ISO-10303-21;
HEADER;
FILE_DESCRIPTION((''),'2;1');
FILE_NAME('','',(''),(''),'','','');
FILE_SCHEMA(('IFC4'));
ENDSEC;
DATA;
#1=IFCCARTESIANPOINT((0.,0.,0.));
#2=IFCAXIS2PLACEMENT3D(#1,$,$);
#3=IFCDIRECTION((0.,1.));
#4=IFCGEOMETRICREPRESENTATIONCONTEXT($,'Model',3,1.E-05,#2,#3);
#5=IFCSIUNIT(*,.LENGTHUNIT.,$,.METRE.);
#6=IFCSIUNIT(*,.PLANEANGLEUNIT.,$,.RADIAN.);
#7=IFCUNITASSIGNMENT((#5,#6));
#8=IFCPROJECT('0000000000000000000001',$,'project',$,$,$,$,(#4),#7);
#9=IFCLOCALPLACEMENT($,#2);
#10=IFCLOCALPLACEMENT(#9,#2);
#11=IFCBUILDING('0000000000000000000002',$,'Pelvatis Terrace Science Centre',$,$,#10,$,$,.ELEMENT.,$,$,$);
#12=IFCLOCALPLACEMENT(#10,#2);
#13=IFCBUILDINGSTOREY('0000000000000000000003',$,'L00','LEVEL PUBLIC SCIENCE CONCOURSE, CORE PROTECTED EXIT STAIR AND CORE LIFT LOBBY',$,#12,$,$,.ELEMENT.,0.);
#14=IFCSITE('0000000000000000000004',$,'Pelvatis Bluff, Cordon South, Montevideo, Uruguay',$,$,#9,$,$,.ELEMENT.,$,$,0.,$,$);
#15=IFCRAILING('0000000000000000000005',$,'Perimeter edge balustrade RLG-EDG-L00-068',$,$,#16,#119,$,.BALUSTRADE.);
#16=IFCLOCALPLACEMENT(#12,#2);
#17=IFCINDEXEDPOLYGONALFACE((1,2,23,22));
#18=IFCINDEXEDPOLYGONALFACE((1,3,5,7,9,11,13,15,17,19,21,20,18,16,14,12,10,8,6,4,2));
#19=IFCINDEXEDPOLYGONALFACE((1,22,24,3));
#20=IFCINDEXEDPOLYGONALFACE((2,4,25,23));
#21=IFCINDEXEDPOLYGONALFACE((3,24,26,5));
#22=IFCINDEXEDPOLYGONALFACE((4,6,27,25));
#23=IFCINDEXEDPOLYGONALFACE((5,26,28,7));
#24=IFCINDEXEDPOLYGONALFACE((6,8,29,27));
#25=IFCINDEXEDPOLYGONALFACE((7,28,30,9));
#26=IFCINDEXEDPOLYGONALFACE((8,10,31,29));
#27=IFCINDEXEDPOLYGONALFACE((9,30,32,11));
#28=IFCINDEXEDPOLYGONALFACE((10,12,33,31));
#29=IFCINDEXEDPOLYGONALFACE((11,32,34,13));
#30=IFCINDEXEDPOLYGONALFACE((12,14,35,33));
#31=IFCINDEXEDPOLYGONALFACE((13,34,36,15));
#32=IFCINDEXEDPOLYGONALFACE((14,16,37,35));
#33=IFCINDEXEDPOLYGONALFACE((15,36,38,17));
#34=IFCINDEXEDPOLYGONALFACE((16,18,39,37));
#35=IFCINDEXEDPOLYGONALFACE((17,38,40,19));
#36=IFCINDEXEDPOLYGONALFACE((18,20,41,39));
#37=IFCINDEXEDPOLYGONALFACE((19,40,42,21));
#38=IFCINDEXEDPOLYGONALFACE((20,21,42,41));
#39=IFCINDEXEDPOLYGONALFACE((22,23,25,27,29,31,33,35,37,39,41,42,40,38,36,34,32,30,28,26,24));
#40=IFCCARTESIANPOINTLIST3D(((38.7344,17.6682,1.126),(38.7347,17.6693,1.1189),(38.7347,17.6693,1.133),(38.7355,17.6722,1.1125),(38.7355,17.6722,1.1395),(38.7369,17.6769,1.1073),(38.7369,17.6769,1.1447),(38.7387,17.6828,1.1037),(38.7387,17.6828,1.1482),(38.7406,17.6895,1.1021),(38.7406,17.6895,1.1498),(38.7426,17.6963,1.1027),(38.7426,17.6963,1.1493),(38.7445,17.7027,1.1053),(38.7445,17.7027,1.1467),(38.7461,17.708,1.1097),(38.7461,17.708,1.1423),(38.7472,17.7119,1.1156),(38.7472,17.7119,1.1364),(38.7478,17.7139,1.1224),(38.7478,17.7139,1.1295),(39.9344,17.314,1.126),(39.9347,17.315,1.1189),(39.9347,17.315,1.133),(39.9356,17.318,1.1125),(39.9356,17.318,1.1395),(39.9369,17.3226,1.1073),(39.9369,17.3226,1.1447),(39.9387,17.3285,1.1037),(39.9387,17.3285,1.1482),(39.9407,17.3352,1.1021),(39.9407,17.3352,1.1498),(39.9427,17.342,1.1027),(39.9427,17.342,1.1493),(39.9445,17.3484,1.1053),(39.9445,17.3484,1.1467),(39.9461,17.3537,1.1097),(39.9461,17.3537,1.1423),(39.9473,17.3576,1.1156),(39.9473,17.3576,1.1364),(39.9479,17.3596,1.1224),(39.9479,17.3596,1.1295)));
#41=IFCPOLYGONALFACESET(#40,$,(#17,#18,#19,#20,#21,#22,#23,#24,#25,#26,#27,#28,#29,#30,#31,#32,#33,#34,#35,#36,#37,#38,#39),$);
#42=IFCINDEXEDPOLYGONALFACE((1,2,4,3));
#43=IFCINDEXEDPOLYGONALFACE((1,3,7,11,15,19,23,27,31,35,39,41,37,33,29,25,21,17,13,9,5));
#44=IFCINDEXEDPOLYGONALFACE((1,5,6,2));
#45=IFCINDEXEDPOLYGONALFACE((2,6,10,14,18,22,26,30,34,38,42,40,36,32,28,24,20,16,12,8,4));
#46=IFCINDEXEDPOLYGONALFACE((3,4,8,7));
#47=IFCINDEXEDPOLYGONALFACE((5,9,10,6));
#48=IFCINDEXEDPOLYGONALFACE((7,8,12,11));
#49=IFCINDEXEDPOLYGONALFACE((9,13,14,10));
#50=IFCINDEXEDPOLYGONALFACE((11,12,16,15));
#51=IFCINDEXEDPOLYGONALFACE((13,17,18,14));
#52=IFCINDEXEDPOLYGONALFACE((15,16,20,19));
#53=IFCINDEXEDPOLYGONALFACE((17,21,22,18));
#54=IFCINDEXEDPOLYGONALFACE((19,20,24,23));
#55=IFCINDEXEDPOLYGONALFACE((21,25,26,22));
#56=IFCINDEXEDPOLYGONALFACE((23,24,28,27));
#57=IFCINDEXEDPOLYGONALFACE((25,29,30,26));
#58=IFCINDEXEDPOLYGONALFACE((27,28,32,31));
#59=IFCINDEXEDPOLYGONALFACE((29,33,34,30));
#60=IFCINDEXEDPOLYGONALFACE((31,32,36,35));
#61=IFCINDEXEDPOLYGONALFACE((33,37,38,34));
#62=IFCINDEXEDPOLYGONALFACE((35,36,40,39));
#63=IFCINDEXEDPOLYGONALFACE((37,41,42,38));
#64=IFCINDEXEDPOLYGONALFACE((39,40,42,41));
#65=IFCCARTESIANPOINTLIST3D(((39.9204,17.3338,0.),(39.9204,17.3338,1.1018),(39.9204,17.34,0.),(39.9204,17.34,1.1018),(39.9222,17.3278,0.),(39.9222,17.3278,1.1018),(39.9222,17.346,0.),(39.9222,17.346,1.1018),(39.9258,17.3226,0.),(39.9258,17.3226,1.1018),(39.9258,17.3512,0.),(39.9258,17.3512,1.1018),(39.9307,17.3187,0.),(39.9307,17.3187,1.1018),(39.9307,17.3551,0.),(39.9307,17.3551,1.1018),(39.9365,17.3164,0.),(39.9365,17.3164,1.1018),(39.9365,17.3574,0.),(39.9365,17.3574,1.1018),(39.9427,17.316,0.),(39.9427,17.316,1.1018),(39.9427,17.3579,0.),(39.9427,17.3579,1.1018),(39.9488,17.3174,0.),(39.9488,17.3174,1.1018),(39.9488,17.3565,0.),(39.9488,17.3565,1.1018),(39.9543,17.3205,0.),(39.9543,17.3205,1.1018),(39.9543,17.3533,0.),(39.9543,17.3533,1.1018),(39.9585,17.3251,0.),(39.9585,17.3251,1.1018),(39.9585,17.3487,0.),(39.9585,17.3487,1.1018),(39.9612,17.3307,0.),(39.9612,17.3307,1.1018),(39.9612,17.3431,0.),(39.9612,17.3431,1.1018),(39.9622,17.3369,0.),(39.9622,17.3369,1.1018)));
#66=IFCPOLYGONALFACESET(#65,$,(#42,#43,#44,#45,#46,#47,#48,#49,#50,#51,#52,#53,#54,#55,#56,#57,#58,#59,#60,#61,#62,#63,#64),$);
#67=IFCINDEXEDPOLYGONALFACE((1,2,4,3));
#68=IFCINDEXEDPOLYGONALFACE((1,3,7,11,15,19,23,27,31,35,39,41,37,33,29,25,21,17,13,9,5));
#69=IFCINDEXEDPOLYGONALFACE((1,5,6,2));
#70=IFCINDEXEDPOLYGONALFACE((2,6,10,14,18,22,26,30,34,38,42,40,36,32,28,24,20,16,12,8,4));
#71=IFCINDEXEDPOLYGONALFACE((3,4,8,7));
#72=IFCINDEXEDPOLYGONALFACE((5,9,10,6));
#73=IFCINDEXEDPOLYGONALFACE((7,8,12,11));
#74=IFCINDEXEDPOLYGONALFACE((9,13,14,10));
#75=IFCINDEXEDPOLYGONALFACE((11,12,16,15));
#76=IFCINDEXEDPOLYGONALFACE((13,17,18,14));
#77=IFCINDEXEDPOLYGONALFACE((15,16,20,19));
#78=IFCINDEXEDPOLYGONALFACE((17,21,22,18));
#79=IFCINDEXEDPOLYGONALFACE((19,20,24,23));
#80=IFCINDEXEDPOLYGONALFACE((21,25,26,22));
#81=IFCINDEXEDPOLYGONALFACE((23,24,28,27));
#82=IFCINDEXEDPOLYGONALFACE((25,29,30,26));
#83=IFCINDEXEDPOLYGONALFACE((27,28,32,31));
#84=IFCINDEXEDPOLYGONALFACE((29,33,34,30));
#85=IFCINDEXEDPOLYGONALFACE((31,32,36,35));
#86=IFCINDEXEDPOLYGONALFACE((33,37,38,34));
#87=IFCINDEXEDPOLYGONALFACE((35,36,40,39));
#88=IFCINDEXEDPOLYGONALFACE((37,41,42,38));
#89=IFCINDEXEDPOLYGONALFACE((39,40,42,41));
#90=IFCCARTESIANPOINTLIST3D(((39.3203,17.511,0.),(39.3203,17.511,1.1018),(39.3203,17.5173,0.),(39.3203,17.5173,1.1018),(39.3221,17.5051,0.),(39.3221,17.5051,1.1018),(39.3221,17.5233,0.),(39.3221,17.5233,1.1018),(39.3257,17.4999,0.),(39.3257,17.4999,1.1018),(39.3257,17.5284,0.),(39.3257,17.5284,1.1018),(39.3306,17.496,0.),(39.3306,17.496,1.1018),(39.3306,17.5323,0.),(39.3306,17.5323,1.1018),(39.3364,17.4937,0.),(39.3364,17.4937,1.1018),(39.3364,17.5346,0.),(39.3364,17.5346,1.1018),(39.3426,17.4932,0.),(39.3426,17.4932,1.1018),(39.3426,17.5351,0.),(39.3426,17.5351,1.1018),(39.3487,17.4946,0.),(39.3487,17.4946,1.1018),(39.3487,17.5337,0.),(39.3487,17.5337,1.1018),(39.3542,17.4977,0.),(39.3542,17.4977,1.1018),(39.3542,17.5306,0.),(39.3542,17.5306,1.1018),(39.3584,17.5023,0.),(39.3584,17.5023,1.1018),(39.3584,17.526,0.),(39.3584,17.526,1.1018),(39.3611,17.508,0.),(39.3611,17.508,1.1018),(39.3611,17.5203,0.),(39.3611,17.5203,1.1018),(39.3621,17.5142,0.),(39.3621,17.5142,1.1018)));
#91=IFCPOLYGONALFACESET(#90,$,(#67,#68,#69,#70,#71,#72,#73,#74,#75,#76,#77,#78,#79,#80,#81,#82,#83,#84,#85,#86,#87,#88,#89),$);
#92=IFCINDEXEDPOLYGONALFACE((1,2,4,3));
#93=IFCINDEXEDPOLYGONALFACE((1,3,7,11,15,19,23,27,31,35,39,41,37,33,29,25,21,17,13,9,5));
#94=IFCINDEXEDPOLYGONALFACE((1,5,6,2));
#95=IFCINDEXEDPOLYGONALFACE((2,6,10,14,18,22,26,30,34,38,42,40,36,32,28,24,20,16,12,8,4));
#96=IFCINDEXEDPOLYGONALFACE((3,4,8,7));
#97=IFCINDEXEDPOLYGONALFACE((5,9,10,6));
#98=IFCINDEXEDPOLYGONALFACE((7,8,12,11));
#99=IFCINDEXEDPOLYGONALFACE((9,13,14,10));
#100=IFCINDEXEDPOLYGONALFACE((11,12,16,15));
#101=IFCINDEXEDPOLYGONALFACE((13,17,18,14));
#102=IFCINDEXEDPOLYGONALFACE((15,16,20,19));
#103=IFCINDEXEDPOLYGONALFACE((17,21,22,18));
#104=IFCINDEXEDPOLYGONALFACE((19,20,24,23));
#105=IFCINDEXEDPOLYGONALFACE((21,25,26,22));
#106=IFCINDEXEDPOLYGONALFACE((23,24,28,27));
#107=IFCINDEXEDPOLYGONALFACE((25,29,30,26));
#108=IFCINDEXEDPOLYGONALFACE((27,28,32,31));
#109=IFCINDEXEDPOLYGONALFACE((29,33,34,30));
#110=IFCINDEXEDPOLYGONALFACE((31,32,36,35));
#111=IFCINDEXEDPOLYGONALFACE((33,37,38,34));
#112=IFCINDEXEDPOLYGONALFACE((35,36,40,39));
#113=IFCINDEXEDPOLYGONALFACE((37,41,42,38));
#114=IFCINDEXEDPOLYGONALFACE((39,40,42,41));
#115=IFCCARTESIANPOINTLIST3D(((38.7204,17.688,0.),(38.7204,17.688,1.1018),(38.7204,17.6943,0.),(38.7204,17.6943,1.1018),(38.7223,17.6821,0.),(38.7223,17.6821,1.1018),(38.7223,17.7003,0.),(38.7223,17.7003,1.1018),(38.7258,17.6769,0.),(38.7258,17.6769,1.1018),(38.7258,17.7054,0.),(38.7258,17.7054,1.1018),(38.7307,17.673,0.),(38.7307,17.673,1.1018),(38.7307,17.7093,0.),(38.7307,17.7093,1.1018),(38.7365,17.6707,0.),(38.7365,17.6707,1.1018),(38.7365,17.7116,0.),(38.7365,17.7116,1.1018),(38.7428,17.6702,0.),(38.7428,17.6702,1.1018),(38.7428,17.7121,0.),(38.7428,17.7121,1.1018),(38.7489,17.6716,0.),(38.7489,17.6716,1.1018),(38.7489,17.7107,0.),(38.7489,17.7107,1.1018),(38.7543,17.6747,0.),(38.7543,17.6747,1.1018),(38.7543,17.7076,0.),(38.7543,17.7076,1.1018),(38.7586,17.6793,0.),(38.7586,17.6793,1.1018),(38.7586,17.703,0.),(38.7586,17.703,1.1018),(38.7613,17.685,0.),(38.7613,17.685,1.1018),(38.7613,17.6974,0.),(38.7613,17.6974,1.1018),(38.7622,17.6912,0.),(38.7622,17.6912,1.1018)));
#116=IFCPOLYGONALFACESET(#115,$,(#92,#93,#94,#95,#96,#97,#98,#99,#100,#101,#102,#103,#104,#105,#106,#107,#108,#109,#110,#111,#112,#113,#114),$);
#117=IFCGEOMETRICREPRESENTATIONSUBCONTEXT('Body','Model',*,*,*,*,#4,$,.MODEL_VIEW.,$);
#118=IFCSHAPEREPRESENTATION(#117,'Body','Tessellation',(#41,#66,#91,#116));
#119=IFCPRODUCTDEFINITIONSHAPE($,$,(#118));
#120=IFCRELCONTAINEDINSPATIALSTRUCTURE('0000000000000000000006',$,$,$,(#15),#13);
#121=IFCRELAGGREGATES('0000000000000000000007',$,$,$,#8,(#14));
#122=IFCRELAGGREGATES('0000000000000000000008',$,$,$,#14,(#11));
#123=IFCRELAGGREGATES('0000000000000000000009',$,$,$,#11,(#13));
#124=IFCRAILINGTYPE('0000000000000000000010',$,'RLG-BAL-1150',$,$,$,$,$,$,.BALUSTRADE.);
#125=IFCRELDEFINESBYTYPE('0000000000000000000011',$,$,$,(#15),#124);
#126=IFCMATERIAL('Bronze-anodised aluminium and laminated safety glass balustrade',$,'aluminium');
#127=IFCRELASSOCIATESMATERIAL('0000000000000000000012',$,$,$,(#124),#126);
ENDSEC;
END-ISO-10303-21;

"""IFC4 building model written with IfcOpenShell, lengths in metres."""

from ifc_helpers import new_model, si_unit, direction, frame, origin, origin_2d, place, context, subcontext, project, spatial, circle, extrude, material, type_object, element, save


model = new_model("IFC4")

# Units and contexts
model_context = context("Model", 3, precision=1e-05, world=origin(), true_north=direction((0.0, 1.0)))
body_context = subcontext(model_context, "Body", "Model", "MODEL_VIEW")
ifc_project = project(units=[si_unit("LENGTHUNIT", "METRE"), si_unit("PLANEANGLEUNIT", "RADIAN")], contexts=[model_context])

# Site, building, storey
site_placement = place(None, origin())
site = spatial("IfcSite", under=ifc_project, at=site_placement, Name="Pelvatis Bluff, Cordon South, Montevideo, Uruguay", CompositionType="ELEMENT", RefElevation=0.0)
building_placement = place(site_placement, origin())
building = spatial("IfcBuilding", under=site, at=building_placement, Name="Pelvatis Terrace Science Centre", CompositionType="ELEMENT")
storey_placement = place(building_placement, origin())
storey = spatial("IfcBuildingStorey", under=building, at=storey_placement, Name="L00", Description="LEVEL PUBLIC SCIENCE CONCOURSE, CORE PROTECTED EXIT STAIR AND CORE LIFT LOBBY", CompositionType="ELEMENT", Elevation=0.0)

# Railing
ifc_material_1 = material(Name="Bronze-anodised aluminium and laminated safety glass balustrade", Category="aluminium")
railing_type = type_object("IfcRailingType", Name="RLG-BAL-1150", PredefinedType="BALUSTRADE", material=ifc_material_1)
railing_placement = place(storey_placement, frame((39.9412, 17.3369, 0.0)))
element("IfcRailing", 1, at=railing_placement, inside=storey, type_object=railing_type, Name="Perimeter edge balustrade RLG-EDG-L00-068", PredefinedType="BALUSTRADE", context=body_context, shape_type="SweptSolid", body=[
    extrude(circle(Radius=0.0239, at=origin_2d()), frame((0.0, 0.0, 1.126), z_axis=(-0.959079, 0.283138, 0.0), x_axis=(-0.283138, -0.959079, 0.0)), (0.0, 0.0, 1.0), 1.2512),
    extrude(circle(Radius=0.021, at=origin_2d()), origin(), (0.0, 0.0, 1.0), 1.1018),
    extrude(circle(Radius=0.021, at=origin_2d()), frame((-0.6001, 0.1772, 0.0)), (0.0, 0.0, 1.0), 1.1018),
    extrude(circle(Radius=0.021, at=origin_2d()), frame((-1.2, 0.3542, 0.0)), (0.0, 0.0, 1.0), 1.1018),
])

save(model, "model.ifc")
